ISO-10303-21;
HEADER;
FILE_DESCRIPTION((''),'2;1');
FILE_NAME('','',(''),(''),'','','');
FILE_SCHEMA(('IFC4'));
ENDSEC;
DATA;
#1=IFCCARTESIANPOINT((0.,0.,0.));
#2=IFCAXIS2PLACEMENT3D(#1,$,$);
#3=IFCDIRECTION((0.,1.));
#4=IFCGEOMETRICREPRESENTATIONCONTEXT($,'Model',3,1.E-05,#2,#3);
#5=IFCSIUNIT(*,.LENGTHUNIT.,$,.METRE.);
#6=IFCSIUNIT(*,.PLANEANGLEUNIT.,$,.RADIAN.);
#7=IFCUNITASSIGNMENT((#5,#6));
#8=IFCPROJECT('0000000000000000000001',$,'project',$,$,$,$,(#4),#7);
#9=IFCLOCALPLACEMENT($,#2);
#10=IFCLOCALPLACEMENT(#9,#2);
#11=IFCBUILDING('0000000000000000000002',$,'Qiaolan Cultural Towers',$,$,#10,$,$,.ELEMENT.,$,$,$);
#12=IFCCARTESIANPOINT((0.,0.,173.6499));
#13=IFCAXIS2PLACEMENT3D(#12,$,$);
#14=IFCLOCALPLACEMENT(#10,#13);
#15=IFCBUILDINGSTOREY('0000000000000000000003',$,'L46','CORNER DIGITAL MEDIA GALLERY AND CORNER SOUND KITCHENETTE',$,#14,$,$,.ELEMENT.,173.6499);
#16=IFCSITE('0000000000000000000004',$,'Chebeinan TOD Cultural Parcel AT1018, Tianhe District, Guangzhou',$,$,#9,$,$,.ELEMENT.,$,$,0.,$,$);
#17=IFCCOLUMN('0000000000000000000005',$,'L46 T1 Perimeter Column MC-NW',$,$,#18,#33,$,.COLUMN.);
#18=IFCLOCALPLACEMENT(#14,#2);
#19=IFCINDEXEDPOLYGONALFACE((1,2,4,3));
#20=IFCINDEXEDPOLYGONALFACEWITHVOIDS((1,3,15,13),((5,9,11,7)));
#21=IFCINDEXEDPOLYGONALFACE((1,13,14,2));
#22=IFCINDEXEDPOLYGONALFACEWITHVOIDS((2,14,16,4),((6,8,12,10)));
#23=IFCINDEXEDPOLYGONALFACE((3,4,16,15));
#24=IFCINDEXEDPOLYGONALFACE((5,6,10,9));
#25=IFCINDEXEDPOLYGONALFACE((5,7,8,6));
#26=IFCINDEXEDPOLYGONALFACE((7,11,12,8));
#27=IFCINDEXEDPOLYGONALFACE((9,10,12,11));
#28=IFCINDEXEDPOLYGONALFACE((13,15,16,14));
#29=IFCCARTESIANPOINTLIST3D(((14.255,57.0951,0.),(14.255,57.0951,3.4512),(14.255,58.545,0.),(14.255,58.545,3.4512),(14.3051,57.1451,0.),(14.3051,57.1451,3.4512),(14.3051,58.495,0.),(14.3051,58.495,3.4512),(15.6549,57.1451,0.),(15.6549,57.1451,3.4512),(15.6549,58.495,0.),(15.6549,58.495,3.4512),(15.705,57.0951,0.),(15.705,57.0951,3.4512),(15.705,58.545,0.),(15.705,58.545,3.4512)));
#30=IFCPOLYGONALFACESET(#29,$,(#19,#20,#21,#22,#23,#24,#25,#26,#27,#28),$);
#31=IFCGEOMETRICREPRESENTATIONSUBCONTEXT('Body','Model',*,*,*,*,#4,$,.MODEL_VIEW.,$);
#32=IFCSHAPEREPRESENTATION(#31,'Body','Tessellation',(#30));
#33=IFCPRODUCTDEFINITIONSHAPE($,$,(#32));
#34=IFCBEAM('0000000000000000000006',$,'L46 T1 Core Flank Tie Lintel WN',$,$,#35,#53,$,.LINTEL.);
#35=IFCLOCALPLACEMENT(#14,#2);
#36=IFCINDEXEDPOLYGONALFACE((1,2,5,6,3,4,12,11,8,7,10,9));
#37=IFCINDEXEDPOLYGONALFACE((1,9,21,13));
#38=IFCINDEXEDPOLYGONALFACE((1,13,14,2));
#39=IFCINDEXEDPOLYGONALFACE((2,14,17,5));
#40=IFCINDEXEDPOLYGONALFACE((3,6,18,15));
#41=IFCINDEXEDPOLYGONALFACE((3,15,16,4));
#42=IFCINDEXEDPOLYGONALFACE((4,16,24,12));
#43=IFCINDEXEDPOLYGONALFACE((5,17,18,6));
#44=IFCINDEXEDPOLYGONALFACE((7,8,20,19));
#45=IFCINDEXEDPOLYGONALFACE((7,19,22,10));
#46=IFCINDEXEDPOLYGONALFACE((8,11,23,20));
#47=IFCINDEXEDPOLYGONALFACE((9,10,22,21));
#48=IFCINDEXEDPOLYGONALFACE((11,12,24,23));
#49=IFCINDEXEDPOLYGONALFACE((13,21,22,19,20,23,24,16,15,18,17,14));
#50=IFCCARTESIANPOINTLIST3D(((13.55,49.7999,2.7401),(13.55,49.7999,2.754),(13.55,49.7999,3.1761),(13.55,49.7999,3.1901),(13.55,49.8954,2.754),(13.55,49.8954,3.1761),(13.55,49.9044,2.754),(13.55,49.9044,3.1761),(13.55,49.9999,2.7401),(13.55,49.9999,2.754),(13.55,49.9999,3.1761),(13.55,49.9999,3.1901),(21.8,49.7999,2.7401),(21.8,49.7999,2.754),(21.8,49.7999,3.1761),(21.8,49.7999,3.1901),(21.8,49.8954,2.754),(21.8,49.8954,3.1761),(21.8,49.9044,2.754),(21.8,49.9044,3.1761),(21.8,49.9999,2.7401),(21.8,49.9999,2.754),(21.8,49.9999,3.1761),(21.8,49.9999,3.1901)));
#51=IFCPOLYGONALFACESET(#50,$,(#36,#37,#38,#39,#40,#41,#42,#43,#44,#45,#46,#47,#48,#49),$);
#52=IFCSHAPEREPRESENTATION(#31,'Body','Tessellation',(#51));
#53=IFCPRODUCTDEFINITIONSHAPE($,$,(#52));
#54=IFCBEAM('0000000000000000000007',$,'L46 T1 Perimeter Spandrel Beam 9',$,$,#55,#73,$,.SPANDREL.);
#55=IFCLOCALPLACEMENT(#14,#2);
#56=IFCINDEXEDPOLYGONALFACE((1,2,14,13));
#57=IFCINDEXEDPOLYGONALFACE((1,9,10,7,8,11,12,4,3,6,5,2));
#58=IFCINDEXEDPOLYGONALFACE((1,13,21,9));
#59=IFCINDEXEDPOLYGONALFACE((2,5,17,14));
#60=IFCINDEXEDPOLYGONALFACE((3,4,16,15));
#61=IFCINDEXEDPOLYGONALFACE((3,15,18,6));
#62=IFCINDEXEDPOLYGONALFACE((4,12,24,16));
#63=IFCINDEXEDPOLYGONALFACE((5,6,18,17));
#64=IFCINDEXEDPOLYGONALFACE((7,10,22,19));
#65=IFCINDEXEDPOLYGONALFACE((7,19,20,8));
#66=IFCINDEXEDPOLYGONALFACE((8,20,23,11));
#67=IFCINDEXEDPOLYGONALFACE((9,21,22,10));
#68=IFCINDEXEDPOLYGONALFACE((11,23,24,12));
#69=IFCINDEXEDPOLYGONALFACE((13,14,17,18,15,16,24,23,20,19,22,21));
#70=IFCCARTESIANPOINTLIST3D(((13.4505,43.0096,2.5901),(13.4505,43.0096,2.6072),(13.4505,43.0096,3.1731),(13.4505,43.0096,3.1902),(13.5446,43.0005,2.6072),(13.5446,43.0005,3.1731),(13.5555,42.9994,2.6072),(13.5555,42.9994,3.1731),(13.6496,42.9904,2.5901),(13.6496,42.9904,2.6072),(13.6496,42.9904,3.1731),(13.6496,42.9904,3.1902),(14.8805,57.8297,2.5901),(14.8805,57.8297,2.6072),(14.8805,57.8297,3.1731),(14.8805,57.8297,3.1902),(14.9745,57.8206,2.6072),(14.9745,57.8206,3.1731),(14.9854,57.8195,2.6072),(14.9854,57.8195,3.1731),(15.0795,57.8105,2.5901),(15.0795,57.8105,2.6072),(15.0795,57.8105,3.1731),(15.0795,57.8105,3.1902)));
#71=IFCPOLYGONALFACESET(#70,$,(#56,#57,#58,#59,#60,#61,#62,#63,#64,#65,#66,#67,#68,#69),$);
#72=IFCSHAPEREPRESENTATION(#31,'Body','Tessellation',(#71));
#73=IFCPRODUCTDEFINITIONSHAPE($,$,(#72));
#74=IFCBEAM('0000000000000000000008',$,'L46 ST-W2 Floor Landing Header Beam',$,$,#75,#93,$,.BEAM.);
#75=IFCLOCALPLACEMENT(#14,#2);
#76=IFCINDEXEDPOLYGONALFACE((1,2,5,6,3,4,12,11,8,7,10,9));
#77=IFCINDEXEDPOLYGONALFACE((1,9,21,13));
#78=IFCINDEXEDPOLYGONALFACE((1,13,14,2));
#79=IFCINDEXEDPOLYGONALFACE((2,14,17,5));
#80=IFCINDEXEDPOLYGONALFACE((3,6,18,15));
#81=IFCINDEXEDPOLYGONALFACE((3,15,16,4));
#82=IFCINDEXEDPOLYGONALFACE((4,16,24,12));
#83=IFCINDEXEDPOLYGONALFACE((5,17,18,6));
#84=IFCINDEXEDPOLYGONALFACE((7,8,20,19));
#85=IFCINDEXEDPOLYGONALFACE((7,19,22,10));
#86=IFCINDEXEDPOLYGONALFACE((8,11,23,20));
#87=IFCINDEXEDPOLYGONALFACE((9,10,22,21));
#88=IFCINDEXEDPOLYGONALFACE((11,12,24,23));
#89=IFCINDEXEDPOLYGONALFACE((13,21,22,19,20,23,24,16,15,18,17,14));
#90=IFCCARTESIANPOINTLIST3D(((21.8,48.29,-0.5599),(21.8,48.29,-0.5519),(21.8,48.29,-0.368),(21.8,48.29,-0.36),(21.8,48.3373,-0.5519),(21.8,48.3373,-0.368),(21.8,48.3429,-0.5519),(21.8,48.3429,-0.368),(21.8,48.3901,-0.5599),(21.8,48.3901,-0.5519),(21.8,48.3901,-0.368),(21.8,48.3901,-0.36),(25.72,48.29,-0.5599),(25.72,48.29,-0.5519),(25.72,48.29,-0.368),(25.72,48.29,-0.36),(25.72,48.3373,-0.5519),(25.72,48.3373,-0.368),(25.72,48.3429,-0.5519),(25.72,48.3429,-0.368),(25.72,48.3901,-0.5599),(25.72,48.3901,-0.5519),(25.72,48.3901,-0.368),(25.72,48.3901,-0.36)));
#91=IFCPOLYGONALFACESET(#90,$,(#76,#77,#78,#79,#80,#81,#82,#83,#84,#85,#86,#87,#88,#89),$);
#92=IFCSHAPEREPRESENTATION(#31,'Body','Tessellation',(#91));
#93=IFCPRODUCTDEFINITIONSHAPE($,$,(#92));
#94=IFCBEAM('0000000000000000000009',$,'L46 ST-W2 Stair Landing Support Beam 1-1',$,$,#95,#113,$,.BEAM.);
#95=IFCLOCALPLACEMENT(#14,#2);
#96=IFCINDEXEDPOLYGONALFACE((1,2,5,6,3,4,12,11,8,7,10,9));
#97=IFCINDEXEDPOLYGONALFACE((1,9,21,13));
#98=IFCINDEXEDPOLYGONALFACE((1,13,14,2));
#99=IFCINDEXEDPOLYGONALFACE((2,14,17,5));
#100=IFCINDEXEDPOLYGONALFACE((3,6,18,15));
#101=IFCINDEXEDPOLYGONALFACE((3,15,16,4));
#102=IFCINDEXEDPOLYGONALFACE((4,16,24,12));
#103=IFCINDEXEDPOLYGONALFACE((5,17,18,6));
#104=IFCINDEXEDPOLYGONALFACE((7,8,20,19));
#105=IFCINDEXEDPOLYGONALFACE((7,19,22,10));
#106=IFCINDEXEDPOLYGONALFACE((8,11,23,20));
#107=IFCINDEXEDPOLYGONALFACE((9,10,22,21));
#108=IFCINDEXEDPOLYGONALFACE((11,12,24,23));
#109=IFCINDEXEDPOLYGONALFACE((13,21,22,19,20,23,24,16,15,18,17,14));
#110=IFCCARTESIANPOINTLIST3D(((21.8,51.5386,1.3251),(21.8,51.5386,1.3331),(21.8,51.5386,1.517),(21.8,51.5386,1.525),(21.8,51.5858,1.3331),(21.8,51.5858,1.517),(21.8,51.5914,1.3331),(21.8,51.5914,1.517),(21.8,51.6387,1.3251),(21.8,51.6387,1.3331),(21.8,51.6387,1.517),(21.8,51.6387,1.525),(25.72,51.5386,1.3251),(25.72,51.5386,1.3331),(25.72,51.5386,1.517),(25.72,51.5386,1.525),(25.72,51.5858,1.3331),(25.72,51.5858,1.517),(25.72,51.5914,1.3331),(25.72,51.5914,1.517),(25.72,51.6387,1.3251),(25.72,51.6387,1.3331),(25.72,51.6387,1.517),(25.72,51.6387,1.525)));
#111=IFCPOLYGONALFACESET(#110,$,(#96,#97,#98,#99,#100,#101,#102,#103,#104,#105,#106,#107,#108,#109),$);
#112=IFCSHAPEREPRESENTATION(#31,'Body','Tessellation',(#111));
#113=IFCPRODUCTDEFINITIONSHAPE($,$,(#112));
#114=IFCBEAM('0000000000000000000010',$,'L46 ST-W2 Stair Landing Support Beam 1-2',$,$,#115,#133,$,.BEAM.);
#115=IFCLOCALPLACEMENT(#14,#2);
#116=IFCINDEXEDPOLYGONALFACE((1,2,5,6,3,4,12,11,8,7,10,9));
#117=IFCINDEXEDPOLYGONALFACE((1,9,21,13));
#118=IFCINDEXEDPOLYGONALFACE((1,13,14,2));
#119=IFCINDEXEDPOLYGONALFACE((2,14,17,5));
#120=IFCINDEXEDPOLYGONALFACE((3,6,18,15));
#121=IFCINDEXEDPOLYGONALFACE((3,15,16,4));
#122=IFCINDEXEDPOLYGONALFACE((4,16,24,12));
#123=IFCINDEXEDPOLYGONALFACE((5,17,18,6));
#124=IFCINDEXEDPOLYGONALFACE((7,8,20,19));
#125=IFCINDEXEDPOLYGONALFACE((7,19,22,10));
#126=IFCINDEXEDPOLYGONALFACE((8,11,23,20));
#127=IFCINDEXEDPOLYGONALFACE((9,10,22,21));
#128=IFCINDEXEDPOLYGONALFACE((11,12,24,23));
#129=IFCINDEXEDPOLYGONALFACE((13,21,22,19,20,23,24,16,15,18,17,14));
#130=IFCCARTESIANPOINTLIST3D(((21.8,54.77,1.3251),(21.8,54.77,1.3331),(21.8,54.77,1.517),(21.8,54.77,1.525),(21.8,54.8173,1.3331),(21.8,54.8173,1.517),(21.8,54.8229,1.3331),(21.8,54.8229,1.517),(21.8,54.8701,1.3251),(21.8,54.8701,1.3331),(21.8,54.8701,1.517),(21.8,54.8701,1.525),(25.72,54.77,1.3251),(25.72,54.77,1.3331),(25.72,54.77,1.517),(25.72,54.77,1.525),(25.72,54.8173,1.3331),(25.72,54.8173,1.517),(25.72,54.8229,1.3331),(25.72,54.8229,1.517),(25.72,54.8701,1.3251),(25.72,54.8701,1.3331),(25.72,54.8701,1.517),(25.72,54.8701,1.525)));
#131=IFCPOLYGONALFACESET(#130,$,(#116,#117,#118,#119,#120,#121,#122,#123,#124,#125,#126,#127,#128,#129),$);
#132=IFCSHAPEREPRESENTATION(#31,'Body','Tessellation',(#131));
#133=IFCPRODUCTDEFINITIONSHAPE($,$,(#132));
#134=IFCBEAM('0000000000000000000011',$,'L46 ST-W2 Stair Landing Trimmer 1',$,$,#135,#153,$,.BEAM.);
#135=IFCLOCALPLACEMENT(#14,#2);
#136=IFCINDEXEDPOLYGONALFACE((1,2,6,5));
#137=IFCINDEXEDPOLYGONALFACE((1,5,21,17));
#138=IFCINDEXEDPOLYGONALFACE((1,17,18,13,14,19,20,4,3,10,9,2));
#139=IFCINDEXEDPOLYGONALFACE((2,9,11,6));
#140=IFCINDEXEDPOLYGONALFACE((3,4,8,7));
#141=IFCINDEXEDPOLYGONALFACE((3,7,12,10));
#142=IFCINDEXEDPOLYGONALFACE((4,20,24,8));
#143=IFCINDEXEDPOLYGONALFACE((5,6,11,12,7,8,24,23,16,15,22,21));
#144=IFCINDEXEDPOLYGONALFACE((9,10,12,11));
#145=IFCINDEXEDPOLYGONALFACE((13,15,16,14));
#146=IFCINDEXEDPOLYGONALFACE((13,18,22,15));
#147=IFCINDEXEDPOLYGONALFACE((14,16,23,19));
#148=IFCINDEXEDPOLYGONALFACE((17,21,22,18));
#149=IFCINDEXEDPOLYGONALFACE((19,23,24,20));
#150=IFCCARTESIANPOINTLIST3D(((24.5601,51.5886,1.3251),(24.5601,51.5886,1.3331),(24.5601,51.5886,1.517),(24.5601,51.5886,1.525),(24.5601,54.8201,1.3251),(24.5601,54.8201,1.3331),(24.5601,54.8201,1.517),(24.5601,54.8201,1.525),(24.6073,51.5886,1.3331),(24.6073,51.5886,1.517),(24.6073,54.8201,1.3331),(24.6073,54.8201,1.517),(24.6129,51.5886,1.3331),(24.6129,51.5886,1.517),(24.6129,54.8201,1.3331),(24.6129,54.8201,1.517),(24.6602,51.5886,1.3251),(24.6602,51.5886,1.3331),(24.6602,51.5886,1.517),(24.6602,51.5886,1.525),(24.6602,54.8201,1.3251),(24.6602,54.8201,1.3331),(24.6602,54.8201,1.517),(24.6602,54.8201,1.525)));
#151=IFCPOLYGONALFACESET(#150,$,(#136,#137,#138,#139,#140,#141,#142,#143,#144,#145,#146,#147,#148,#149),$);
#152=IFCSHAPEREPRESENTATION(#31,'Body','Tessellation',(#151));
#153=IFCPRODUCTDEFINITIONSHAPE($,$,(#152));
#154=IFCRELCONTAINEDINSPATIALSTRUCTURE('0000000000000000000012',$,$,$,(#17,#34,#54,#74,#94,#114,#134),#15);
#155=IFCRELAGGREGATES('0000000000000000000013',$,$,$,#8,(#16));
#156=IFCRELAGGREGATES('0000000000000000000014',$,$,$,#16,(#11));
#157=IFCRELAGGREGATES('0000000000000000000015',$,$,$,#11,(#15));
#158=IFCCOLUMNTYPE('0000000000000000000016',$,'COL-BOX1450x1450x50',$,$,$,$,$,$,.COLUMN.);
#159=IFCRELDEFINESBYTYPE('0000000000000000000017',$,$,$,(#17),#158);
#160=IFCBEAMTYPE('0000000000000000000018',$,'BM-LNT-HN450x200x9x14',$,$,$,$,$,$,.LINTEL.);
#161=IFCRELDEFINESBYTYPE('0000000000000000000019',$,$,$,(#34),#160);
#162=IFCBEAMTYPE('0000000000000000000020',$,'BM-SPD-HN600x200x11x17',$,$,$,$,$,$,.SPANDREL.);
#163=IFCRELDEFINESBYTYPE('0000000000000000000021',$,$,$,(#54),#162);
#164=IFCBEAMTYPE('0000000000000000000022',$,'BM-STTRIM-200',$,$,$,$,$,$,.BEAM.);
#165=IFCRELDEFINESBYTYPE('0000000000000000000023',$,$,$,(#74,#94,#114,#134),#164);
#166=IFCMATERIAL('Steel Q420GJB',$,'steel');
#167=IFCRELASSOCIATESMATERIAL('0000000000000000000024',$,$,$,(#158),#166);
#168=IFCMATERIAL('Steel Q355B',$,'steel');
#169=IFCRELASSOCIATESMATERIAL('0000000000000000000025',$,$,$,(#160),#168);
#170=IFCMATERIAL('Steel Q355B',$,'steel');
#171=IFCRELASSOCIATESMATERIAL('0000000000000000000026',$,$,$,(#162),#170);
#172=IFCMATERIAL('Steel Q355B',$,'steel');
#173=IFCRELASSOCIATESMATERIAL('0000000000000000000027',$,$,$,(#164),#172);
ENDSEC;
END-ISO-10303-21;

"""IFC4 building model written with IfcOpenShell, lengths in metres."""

from ifc_helpers import new_model, si_unit, direction, frame, origin, origin_2d, place, context, subcontext, project, spatial, hollow_rectangle, i_section, extrude, material, material_profile, profile_set, type_object, element, save


model = new_model("IFC4")

# Units and contexts
model_context = context("Model", 3, precision=1e-05, world=origin(), true_north=direction((0.0, 1.0)))
body_context = subcontext(model_context, "Body", "Model", "MODEL_VIEW")
ifc_project = project(units=[si_unit("LENGTHUNIT", "METRE"), si_unit("PLANEANGLEUNIT", "RADIAN")], contexts=[model_context])

# Site, building, storey
site_placement = place(None, origin())
site = spatial("IfcSite", under=ifc_project, at=site_placement, Name="Chebeinan TOD Cultural Parcel AT1018, Tianhe District, Guangzhou", CompositionType="ELEMENT", RefElevation=0.0)
building_placement = place(site_placement, origin())
building = spatial("IfcBuilding", under=site, at=building_placement, Name="Qiaolan Cultural Towers", CompositionType="ELEMENT")
storey_placement = place(building_placement, frame((0.0, 0.0, 173.6499)))
storey = spatial("IfcBuildingStorey", under=building, at=storey_placement, Name="L46", Description="CORNER DIGITAL MEDIA GALLERY AND CORNER SOUND KITCHENETTE", CompositionType="ELEMENT", Elevation=173.6499)

# Column
ifc_material_1 = material(Name="Steel Q420GJB", Category="steel")
ifc_material_profile_1 = material_profile(ifc_material_1, hollow_rectangle(XDim=1.45, YDim=1.45, WallThickness=0.05, at=origin_2d()), Name="BOX1450x1450x50")
ifc_profile_set_1 = profile_set([ifc_material_profile_1], Name="Steel Q420GJB")
column_type = type_object("IfcColumnType", Name="COL-BOX1450x1450x50", PredefinedType="COLUMN", material=ifc_profile_set_1)
column_placement = place(storey_placement, frame((14.98, 57.8201, 0.0), z_axis=(0.0, 0.0, 1.0), x_axis=(1.0, 0.0, 0.0)))
element("IfcColumn", 1, at=column_placement, inside=storey, type_object=column_type, Name="L46 T1 Perimeter Column MC-NW", PredefinedType="COLUMN", context=body_context, shape_type="SweptSolid", body=[
    extrude(hollow_rectangle(XDim=1.45, YDim=1.45, WallThickness=0.05, at=origin_2d()), origin(), (0.0, 0.0, 1.0), 3.4512),
])

# Beams
ifc_material_2 = material(Name="Steel Q355B", Category="steel")
ifc_material_profile_2 = material_profile(ifc_material_2, i_section(OverallWidth=0.2, OverallDepth=0.45, WebThickness=0.009, FlangeThickness=0.0139, at=origin_2d()), Name="HN450x200x9x14")
ifc_profile_set_2 = profile_set([ifc_material_profile_2], Name="Steel Q355B")
beam_type_1 = type_object("IfcBeamType", Name="BM-LNT-HN450x200x9x14", PredefinedType="LINTEL", material=ifc_profile_set_2)
beam_1_placement = place(storey_placement, frame((21.8, 49.8999, 2.9651), z_axis=(-1.0, 0.0, 0.0), x_axis=(0.0, -1.0, 0.0)))
element("IfcBeam", 2, at=beam_1_placement, inside=storey, type_object=beam_type_1, Name="L46 T1 Core Flank Tie Lintel WN", PredefinedType="LINTEL", context=body_context, shape_type="SweptSolid", body=[
    extrude(i_section(OverallWidth=0.2, OverallDepth=0.45, WebThickness=0.009, FlangeThickness=0.0139, at=origin_2d()), origin(), (0.0, 0.0, 1.0), 8.25),
])
ifc_material_3 = material(Name="Steel Q355B", Category="steel")
ifc_material_profile_3 = material_profile(ifc_material_3, i_section(OverallWidth=0.2, OverallDepth=0.6001, WebThickness=0.011, FlangeThickness=0.0171, at=origin_2d()), Name="HN600x200x11x17")
ifc_profile_set_3 = profile_set([ifc_material_profile_3], Name="Steel Q355B")
beam_type_2 = type_object("IfcBeamType", Name="BM-SPD-HN600x200x11x17", PredefinedType="SPANDREL", material=ifc_profile_set_3)
beam_2_placement = place(storey_placement, frame((14.98, 57.8201, 2.8901), z_axis=(-0.09604, -0.995377, 0.0), x_axis=(0.995377, -0.09604, 0.0)))
element("IfcBeam", 3, at=beam_2_placement, inside=storey, type_object=beam_type_2, Name="L46 T1 Perimeter Spandrel Beam 9", PredefinedType="SPANDREL", context=body_context, shape_type="SweptSolid", body=[
    extrude(i_section(OverallWidth=0.2, OverallDepth=0.6001, WebThickness=0.011, FlangeThickness=0.0171, at=origin_2d()), origin(), (0.0, 0.0, 1.0), 14.8889),
])
ifc_material_4 = material(Name="Steel Q355B", Category="steel")
ifc_material_profile_4 = material_profile(ifc_material_4, i_section(OverallWidth=0.1001, OverallDepth=0.2, WebThickness=0.0056, FlangeThickness=0.0081, at=origin_2d()), Name="HN200x100x5.5x8")
ifc_profile_set_4 = profile_set([ifc_material_profile_4], Name="Steel Q355B")
beam_type_3 = type_object("IfcBeamType", Name="BM-STTRIM-200", PredefinedType="BEAM", material=ifc_profile_set_4)
for number, where, z_axis, x_axis, name in (
    (4, (21.8, 48.3401, -0.46), (1.0, 0.0, 0.0), (0.0, 1.0, 0.0), "L46 ST-W2 Floor Landing Header Beam"),
    (5, (21.8, 51.5886, 1.425), (1.0, 0.0, 0.0), (0.0, 1.0, 0.0), "L46 ST-W2 Stair Landing Support Beam 1-1"),
    (6, (21.8, 54.8201, 1.425), (1.0, 0.0, 0.0), (0.0, 1.0, 0.0), "L46 ST-W2 Stair Landing Support Beam 1-2"),
):
    element("IfcBeam", number, at=place(storey_placement, frame(where, z_axis=z_axis, x_axis=x_axis)), inside=storey, type_object=beam_type_3, Name=name, PredefinedType="BEAM", context=body_context, shape_type="SweptSolid", body=[
        extrude(i_section(OverallWidth=0.1001, OverallDepth=0.2, WebThickness=0.0056, FlangeThickness=0.0081, at=origin_2d()), origin(), (0.0, 0.0, 1.0), 3.9199),
    ])
beam_3_placement = place(storey_placement, frame((24.6101, 51.5886, 1.425), z_axis=(0.0, 1.0, 0.0), x_axis=(-1.0, 0.0, 0.0)))
element("IfcBeam", 7, at=beam_3_placement, inside=storey, type_object=beam_type_3, Name="L46 ST-W2 Stair Landing Trimmer 1", PredefinedType="BEAM", context=body_context, shape_type="SweptSolid", body=[
    extrude(i_section(OverallWidth=0.1001, OverallDepth=0.2, WebThickness=0.0056, FlangeThickness=0.0081, at=origin_2d()), origin(), (0.0, 0.0, 1.0), 3.2314),
])

save(model, "model.ifc")
